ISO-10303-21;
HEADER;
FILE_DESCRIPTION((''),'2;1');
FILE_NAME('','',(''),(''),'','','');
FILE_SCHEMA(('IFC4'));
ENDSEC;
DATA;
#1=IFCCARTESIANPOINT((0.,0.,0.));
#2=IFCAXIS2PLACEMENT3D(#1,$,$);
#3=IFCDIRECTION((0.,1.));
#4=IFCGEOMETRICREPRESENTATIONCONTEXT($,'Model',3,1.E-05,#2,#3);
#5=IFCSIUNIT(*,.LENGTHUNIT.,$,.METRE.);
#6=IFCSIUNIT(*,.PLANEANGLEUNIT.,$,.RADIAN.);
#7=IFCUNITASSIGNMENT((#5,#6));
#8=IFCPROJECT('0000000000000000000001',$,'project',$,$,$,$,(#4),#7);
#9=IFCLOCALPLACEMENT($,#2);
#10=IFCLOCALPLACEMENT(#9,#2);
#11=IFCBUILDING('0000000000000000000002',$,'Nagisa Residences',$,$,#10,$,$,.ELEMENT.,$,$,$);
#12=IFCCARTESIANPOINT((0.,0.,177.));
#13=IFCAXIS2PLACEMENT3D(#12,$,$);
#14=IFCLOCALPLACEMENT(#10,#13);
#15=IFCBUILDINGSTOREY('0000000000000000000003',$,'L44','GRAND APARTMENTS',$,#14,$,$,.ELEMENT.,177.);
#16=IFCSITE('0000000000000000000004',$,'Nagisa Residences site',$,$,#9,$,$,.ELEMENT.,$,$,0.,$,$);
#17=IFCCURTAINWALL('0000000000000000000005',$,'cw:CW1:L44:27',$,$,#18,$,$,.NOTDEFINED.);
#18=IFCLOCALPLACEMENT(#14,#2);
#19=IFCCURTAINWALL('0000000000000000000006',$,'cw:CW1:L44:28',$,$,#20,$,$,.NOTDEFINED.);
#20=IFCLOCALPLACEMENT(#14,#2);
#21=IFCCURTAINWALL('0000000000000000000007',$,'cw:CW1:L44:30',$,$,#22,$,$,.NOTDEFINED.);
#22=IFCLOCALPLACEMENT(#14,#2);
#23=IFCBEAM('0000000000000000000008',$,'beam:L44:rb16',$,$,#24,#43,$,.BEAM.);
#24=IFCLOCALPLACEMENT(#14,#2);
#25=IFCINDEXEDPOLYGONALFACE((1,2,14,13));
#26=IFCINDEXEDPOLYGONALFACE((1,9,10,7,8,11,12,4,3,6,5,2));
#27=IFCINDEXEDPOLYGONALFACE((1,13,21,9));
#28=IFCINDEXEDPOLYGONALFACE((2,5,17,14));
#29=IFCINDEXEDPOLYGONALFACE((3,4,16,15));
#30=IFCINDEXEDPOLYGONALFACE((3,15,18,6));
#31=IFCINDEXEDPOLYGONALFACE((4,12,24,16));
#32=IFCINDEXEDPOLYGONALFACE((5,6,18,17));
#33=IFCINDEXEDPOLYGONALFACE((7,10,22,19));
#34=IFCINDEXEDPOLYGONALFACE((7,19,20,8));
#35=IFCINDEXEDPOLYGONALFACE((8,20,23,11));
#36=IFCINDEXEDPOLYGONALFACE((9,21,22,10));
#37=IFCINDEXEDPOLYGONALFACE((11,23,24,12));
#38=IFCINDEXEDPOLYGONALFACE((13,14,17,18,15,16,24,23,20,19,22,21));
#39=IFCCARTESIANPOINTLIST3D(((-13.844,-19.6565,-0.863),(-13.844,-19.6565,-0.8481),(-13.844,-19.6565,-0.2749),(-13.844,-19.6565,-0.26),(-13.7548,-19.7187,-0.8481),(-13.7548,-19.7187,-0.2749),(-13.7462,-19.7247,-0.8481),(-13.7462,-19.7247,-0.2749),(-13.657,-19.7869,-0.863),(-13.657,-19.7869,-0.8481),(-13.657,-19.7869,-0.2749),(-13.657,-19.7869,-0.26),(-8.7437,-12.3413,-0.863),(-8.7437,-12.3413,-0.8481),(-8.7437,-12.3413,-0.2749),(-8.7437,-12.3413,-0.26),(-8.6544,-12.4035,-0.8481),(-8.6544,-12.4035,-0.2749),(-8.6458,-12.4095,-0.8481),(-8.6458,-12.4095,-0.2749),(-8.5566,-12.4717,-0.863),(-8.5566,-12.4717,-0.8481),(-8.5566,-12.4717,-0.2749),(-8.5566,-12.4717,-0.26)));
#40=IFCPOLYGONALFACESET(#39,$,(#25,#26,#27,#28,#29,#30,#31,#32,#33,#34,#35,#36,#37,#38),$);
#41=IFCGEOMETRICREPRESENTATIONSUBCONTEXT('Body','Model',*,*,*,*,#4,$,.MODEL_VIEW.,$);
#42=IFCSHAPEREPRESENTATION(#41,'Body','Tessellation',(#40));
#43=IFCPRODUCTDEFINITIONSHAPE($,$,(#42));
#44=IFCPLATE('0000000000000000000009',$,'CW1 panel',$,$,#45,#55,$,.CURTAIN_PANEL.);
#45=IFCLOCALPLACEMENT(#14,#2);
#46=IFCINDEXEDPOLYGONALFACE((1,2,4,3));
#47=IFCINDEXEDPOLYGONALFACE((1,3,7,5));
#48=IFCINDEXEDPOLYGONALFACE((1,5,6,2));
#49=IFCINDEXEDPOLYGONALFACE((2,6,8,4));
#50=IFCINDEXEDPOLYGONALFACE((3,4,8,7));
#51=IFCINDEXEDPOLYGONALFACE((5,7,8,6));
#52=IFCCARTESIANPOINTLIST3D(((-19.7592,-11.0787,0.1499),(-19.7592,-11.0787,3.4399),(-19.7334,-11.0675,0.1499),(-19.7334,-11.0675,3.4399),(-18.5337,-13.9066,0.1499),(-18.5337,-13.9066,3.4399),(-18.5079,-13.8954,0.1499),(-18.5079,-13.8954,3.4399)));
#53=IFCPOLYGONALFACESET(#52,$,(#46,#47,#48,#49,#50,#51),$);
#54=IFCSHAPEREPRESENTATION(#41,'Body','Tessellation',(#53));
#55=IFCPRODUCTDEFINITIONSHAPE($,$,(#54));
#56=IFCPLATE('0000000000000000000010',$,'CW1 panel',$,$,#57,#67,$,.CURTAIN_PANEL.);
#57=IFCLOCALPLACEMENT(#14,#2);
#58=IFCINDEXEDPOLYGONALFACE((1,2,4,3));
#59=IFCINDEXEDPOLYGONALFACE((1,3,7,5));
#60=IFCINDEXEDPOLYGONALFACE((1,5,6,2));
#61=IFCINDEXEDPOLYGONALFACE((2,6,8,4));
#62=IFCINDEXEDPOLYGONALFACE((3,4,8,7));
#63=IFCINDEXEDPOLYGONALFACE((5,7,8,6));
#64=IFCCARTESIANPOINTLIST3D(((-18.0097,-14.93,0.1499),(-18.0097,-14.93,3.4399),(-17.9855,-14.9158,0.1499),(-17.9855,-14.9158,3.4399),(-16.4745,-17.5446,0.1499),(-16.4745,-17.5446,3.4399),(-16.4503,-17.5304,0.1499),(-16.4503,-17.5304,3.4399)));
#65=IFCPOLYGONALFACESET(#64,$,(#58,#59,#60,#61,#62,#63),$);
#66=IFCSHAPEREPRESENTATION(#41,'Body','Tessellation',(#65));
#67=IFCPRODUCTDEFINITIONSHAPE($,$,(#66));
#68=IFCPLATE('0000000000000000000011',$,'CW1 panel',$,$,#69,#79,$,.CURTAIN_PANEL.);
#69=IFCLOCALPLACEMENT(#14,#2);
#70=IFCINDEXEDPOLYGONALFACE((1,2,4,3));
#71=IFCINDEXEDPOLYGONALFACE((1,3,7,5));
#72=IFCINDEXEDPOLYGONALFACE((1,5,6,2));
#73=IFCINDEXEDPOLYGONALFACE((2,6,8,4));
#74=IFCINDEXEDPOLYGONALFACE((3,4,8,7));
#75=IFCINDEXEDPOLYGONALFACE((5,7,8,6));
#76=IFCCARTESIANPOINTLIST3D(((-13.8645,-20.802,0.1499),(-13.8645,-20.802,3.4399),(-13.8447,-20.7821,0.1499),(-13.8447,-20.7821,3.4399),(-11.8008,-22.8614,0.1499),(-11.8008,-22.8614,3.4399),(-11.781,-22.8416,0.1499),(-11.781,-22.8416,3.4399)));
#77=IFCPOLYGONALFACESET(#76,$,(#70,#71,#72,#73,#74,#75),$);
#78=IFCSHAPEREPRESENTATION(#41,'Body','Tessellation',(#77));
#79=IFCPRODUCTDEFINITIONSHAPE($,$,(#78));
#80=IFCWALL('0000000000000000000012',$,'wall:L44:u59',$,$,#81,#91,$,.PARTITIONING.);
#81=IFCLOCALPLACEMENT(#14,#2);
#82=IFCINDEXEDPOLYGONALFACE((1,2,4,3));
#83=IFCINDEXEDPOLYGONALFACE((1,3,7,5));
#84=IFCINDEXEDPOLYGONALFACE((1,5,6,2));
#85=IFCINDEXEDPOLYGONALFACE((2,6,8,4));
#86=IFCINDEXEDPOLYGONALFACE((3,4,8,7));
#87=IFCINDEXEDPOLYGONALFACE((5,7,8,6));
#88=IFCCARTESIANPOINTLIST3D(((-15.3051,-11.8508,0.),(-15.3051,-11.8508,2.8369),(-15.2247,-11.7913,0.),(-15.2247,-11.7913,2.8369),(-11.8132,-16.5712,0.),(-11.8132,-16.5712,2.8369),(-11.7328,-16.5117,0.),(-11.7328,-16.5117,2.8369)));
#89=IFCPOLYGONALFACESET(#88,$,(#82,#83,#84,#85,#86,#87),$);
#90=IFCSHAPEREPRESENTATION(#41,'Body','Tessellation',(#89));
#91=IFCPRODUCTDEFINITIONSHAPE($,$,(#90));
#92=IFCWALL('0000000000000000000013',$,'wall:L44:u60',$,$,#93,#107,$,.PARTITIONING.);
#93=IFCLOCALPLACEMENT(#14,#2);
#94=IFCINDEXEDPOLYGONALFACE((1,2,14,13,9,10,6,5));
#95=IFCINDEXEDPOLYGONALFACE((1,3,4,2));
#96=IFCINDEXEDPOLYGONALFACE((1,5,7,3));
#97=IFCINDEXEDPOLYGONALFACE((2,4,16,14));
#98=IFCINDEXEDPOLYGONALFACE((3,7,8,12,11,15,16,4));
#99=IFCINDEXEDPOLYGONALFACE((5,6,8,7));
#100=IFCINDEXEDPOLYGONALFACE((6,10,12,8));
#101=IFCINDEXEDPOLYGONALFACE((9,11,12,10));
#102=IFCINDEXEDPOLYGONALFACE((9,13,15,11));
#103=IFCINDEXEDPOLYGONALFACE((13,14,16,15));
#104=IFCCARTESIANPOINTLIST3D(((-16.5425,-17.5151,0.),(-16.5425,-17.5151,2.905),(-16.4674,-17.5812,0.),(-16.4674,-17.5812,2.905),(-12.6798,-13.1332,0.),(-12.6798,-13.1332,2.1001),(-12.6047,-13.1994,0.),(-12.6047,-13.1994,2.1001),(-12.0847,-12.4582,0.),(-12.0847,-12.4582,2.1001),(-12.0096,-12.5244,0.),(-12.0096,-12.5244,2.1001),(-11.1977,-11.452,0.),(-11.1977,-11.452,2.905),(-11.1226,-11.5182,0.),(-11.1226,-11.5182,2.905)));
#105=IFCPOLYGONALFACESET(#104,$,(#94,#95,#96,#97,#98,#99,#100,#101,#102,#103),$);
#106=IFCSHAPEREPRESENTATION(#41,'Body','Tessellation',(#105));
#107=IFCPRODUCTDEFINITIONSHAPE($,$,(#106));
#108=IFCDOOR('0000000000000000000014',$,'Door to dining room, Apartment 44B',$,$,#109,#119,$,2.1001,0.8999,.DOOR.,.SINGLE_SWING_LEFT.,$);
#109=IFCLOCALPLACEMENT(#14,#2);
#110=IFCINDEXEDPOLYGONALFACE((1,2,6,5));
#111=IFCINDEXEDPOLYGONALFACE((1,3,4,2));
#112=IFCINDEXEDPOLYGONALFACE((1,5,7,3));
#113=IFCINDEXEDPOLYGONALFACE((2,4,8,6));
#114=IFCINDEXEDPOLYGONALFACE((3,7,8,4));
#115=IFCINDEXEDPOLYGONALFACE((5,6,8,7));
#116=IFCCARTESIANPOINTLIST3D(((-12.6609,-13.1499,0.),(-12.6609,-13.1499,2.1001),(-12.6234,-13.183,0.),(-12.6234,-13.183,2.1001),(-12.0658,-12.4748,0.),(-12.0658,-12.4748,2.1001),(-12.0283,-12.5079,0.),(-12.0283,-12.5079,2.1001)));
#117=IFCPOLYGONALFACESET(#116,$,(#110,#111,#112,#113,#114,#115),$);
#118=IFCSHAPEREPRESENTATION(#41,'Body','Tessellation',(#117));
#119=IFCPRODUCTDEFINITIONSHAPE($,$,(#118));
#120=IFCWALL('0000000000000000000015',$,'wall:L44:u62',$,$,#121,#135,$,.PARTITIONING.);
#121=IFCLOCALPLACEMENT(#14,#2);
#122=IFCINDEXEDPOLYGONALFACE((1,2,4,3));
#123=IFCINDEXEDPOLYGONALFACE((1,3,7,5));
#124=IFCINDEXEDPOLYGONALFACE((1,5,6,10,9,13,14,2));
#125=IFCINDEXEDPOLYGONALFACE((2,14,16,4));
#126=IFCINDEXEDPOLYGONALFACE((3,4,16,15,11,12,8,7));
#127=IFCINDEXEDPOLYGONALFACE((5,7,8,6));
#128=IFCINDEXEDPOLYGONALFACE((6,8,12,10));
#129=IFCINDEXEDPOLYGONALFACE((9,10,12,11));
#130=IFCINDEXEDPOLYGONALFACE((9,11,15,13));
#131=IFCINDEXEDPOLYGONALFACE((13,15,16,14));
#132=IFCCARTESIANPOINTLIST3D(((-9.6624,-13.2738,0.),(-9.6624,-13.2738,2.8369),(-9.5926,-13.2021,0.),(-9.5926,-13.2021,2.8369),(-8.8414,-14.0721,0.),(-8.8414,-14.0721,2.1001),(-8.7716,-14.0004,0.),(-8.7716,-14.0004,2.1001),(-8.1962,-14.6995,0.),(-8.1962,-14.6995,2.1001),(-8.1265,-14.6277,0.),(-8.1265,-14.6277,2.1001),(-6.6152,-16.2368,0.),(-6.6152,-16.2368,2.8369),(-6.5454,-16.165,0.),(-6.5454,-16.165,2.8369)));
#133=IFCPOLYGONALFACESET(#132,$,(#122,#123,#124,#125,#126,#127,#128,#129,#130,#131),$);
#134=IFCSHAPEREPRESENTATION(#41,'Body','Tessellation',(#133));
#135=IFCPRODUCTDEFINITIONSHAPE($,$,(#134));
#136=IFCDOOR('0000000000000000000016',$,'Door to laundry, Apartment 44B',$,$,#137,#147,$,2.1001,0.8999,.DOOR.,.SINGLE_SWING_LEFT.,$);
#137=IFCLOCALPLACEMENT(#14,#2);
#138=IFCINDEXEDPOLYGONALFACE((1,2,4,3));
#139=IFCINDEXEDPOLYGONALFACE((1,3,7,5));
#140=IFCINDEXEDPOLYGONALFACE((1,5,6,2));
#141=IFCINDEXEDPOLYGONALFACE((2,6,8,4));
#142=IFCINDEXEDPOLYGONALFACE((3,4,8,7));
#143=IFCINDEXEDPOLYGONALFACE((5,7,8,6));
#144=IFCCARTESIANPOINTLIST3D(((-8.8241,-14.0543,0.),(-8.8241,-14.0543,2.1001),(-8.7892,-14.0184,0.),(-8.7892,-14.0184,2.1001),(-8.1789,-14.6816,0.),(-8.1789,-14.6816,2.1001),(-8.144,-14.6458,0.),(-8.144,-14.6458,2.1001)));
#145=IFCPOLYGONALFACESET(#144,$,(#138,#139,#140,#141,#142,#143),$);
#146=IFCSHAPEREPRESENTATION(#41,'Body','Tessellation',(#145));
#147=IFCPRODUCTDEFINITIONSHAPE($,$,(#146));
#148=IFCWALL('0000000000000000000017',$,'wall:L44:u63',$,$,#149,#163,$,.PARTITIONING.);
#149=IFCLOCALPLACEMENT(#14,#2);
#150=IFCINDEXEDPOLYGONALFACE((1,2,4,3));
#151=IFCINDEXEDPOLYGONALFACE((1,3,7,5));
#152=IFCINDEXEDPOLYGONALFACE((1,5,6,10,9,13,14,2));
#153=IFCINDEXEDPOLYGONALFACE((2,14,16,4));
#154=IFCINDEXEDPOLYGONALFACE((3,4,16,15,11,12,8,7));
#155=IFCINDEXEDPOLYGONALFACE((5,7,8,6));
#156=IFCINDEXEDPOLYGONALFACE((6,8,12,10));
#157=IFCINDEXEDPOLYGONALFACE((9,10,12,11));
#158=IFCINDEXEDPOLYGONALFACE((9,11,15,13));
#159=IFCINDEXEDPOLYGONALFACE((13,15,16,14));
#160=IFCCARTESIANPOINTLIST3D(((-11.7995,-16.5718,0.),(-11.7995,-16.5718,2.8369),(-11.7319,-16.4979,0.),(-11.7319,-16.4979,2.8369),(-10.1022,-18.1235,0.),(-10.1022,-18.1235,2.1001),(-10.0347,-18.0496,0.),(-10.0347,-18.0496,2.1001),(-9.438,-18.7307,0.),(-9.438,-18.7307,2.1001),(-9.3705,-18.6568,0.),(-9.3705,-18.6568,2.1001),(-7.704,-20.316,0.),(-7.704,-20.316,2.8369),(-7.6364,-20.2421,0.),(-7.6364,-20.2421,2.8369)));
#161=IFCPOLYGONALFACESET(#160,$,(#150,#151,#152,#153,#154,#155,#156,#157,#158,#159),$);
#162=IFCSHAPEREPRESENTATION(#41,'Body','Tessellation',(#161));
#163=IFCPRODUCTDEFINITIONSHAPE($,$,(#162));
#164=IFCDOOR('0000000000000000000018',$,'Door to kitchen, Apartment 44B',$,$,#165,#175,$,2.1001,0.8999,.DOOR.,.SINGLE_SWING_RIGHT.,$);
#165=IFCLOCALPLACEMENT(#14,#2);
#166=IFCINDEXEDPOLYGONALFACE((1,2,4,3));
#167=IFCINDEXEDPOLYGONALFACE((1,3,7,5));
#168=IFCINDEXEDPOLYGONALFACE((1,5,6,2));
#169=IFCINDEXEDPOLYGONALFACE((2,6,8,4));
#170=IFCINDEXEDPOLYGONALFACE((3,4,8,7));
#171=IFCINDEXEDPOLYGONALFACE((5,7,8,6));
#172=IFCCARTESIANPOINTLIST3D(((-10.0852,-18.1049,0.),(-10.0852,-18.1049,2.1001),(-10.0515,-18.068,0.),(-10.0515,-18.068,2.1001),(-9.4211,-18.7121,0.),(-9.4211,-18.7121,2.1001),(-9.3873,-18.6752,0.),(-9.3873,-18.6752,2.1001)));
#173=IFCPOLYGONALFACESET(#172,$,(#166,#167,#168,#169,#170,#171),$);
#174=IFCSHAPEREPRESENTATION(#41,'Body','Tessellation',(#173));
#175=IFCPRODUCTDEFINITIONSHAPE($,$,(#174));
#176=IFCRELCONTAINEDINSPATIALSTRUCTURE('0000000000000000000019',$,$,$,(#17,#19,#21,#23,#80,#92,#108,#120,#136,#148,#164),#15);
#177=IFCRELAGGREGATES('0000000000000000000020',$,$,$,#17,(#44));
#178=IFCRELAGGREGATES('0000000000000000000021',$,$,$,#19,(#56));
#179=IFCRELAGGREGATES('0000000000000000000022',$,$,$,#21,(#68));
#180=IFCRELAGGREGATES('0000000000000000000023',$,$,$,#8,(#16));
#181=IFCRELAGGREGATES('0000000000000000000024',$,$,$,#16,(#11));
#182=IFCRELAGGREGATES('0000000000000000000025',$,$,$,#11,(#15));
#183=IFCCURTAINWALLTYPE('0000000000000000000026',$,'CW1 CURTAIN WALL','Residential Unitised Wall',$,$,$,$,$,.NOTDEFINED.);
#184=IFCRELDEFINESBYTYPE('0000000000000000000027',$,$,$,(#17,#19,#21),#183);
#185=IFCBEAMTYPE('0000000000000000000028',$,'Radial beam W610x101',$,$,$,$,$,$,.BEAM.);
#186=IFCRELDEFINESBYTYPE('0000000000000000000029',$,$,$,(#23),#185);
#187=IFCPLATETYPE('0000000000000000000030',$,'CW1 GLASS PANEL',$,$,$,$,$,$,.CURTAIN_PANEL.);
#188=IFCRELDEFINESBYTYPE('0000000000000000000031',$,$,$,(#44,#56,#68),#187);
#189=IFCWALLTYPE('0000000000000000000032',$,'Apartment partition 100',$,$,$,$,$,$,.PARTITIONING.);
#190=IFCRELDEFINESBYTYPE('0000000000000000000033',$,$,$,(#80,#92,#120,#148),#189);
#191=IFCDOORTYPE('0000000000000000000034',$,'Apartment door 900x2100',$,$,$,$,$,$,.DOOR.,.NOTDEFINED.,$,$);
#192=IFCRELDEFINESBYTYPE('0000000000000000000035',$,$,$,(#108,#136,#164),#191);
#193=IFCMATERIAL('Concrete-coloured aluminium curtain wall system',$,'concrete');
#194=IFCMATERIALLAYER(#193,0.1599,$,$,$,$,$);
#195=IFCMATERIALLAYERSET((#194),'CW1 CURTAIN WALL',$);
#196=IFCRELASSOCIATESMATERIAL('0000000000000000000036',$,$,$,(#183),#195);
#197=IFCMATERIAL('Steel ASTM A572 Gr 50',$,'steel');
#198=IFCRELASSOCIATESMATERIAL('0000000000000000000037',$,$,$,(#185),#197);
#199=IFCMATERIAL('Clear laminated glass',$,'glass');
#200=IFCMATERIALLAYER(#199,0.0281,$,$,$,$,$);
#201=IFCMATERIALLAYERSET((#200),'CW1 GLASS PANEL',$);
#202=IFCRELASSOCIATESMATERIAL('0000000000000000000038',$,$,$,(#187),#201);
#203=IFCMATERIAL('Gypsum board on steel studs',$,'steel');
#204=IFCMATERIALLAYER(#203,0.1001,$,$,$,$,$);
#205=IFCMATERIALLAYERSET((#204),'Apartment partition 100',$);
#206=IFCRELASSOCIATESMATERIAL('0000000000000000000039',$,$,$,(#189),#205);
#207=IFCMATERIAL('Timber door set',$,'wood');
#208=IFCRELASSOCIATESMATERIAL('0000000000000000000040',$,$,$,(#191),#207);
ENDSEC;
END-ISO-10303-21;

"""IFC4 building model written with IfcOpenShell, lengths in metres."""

from ifc_helpers import new_model, si_unit, direction, frame, frame_2d, origin, origin_2d, place, context, subcontext, project, spatial, rectangle, i_section, extrude, material, layer, layer_set, material_profile, profile_set, type_object, element, fill, aggregate, save


model = new_model("IFC4")

# Units and contexts
model_context = context("Model", 3, precision=1e-05, world=origin(), true_north=direction((0.0, 1.0)))
body_context = subcontext(model_context, "Body", "Model", "MODEL_VIEW")
ifc_project = project(units=[si_unit("LENGTHUNIT", "METRE"), si_unit("PLANEANGLEUNIT", "RADIAN")], contexts=[model_context])

# Site, building, storey
site_placement = place(None, origin())
site = spatial("IfcSite", under=ifc_project, at=site_placement, Name="Nagisa Residences site", CompositionType="ELEMENT", RefElevation=0.0)
building_placement = place(site_placement, origin())
building = spatial("IfcBuilding", under=site, at=building_placement, Name="Nagisa Residences", CompositionType="ELEMENT")
storey_placement = place(building_placement, frame((0.0, 0.0, 177.0)))
storey = spatial("IfcBuildingStorey", under=building, at=storey_placement, Name="L44", Description="GRAND APARTMENTS", CompositionType="ELEMENT", Elevation=177.0)

# Curtain walls
ifc_material_1 = material(Name="Concrete-coloured aluminium curtain wall system", Category="concrete")
ifc_layer_1 = layer(ifc_material_1, 0.1599)
ifc_layer_set_1 = layer_set([ifc_layer_1], Name="CW1 CURTAIN WALL")
curtain_wall_type = type_object("IfcCurtainWallType", Name="CW1 CURTAIN WALL", Description="Residential Unitised Wall", PredefinedType="NOTDEFINED", material=ifc_layer_set_1)
curtain_wall_1_placement = place(storey_placement, origin())
curtain_wall_1 = element("IfcCurtainWall", 1, at=curtain_wall_1_placement, inside=storey, type_object=curtain_wall_type, Name="cw:CW1:L44:27", PredefinedType="NOTDEFINED")
curtain_wall_2_placement = place(storey_placement, origin())
curtain_wall_2 = element("IfcCurtainWall", 2, at=curtain_wall_2_placement, inside=storey, type_object=curtain_wall_type, Name="cw:CW1:L44:28", PredefinedType="NOTDEFINED")
curtain_wall_3_placement = place(storey_placement, origin())
curtain_wall_3 = element("IfcCurtainWall", 3, at=curtain_wall_3_placement, inside=storey, type_object=curtain_wall_type, Name="cw:CW1:L44:30", PredefinedType="NOTDEFINED")

# Beam
ifc_material_2 = material(Name="Steel ASTM A572 Gr 50", Category="steel")
ifc_material_profile_1 = material_profile(ifc_material_2, i_section(OverallWidth=0.228, OverallDepth=0.603, WebThickness=0.0105, FlangeThickness=0.0149, at=origin_2d()), Name="W610x101")
ifc_profile_set_1 = profile_set([ifc_material_profile_1], Name="Steel ASTM A572 Gr 50")
beam_type_1 = type_object("IfcBeamType", Name="Radial beam W610x101", PredefinedType="BEAM", material=ifc_profile_set_1)
beam_1_placement = place(storey_placement, frame((-13.7505, -19.7217, -0.5615), z_axis=(0.571934, 0.820299, 0.0), x_axis=(-0.820299, 0.571934, 0.0)))
element("IfcBeam", 4, at=beam_1_placement, inside=storey, type_object=beam_type_1, Name="beam:L44:rb16", PredefinedType="BEAM", context=body_context, shape_type="SweptSolid", body=[
    extrude(i_section(OverallWidth=0.228, OverallDepth=0.603, WebThickness=0.0105, FlangeThickness=0.0149, at=origin_2d()), origin(), (0.0, 0.0, 1.0), 8.9177),
])

# Plates
ifc_material_3 = material(Name="Clear laminated glass", Category="glass")
ifc_layer_2 = layer(ifc_material_3, 0.0281)
ifc_layer_set_2 = layer_set([ifc_layer_2], Name="CW1 GLASS PANEL")
plate_type = type_object("IfcPlateType", Name="CW1 GLASS PANEL", PredefinedType="CURTAIN_PANEL", material=ifc_layer_set_2)
plate_1_placement = place(storey_placement, frame((-19.1335, -12.4871, 0.1499), z_axis=(0.0, 0.0, 1.0), x_axis=(0.397636, -0.917543, 0.0)))
plate_1 = element("IfcPlate", 5, at=plate_1_placement, type_object=plate_type, Name="CW1 panel", PredefinedType="CURTAIN_PANEL", context=body_context, shape_type="SweptSolid", body=[
    extrude(rectangle(XDim=3.082, YDim=0.0281, at=origin_2d()), origin(), (0.0, 0.0, 1.0), 3.29),
])
aggregate(curtain_wall_1, [plate_1])
plate_2_placement = place(storey_placement, frame((-17.23, -16.2302, 0.1499), z_axis=(0.0, 0.0, 1.0), x_axis=(0.506349, -0.862329, 0.0)))
plate_2 = element("IfcPlate", 6, at=plate_2_placement, type_object=plate_type, Name="CW1 panel", PredefinedType="CURTAIN_PANEL", context=body_context, shape_type="SweptSolid", body=[
    extrude(rectangle(XDim=3.032, YDim=0.0281, at=origin_2d()), origin(), (0.0, 0.0, 1.0), 3.29),
])
aggregate(curtain_wall_2, [plate_2])
plate_3_placement = place(storey_placement, frame((-12.8228, -21.8218, 0.1499), z_axis=(0.0, 0.0, 1.0), x_axis=(0.707836, -0.706377, 0.0)))
plate_3 = element("IfcPlate", 7, at=plate_3_placement, type_object=plate_type, Name="CW1 panel", PredefinedType="CURTAIN_PANEL", context=body_context, shape_type="SweptSolid", body=[
    extrude(rectangle(XDim=2.9155, YDim=0.0281, at=origin_2d()), origin(), (0.0, 0.0, 1.0), 3.29),
])
aggregate(curtain_wall_3, [plate_3])

# Wall
ifc_material_4 = material(Name="Gypsum board on steel studs", Category="steel")
ifc_layer_3 = layer(ifc_material_4, 0.1001)
ifc_layer_set_3 = layer_set([ifc_layer_3], Name="Apartment partition 100")
wall_type_1 = type_object("IfcWallType", Name="Apartment partition 100", PredefinedType="PARTITIONING", material=ifc_layer_set_3)
wall_1_placement = place(storey_placement, frame((-15.2649, -11.821, 0.0), z_axis=(0.0, 0.0, 1.0), x_axis=(0.594711, -0.803939, 0.0)))
element("IfcWall", 8, at=wall_1_placement, inside=storey, type_object=wall_type_1, Name="wall:L44:u59", PredefinedType="PARTITIONING", context=body_context, shape_type="SweptSolid", body=[
    extrude(rectangle(XDim=5.8716, YDim=0.1001, at=frame_2d((2.9358, 0.0))), origin(), (0.0, 0.0, 1.0), 2.8369),
])

# Walls, openings, doors
wall_2_placement = place(storey_placement, frame((-11.1602, -11.4851, 0.0), z_axis=(0.0, 0.0, 1.0), x_axis=(-0.661276, -0.750143, 0.0)))
wall_2 = element("IfcWall", 9, at=wall_2_placement, inside=storey, type_object=wall_type_1, Name="wall:L44:u60", PredefinedType="PARTITIONING", context=body_context, shape_type="SweptSolid", body=[
    extrude(rectangle(XDim=8.0825, YDim=0.1001, at=frame_2d((4.0413, 0.0))), origin(), (0.0, 0.0, 1.0), 2.905),
])
opening_1_placement = place(wall_2_placement, frame((1.3413, 0.0, 0.0)))
opening_1 = element("IfcOpeningElement", 10, at=opening_1_placement, cuts=wall_2, PredefinedType="OPENING", context=body_context, shape_type="SweptSolid", body=[
    extrude(rectangle(XDim=0.8999, YDim=2.1001, at=frame_2d((0.45, 1.05))), frame((0.0, 0.0601, 0.0), z_axis=(0.0, -1.0, 0.0), x_axis=(1.0, 0.0, 0.0)), (0.0, 0.0, 1.0), 0.1201),
])
ifc_material_5 = material(Name="Timber door set", Category="wood")
door_type_1 = type_object("IfcDoorType", Name="Apartment door 900x2100", OperationType="NOTDEFINED", PredefinedType="DOOR", material=ifc_material_5)
door_1_placement = place(opening_1_placement, frame((0.8999, 0.0, 0.0), x_axis=(-1.0, 0.0, 0.0)))
door_1 = element("IfcDoor", 11, at=door_1_placement, inside=storey, type_object=door_type_1, Name="Door to dining room, Apartment 44B", OperationType="SINGLE_SWING_LEFT", OverallHeight=2.1001, OverallWidth=0.8999, PredefinedType="DOOR", context=body_context, shape_type="SweptSolid", body=[
    extrude(rectangle(XDim=0.8999, YDim=2.1001, at=frame_2d((0.45, 1.05))), frame((0.0, 0.0249, 0.0), z_axis=(0.0, -1.0, 0.0), x_axis=(1.0, 0.0, 0.0)), (0.0, 0.0, 1.0), 0.05),
])
fill(opening_1, door_1)
wall_3_placement = place(storey_placement, frame((-9.6274, -13.238, 0.0), z_axis=(0.0, 0.0, 1.0), x_axis=(0.716946, -0.697128, 0.0)))
wall_3 = element("IfcWall", 12, at=wall_3_placement, inside=storey, type_object=wall_type_1, Name="wall:L44:u62", PredefinedType="PARTITIONING", context=body_context, shape_type="SweptSolid", body=[
    extrude(rectangle(XDim=4.2502, YDim=0.1001, at=frame_2d((2.125, 0.0))), origin(), (0.0, 0.0, 1.0), 2.8369),
])
opening_2_placement = place(wall_3_placement, frame((1.145, 0.0, 0.0)))
opening_2 = element("IfcOpeningElement", 13, at=opening_2_placement, cuts=wall_3, PredefinedType="OPENING", context=body_context, shape_type="SweptSolid", body=[
    extrude(rectangle(XDim=0.8999, YDim=2.1001, at=frame_2d((0.45, 1.05))), frame((0.0, 0.0601, 0.0), z_axis=(0.0, -1.0, 0.0), x_axis=(1.0, 0.0, 0.0)), (0.0, 0.0, 1.0), 0.1201),
])
door_2_placement = place(opening_2_placement, origin())
door_2 = element("IfcDoor", 14, at=door_2_placement, inside=storey, type_object=door_type_1, Name="Door to laundry, Apartment 44B", OperationType="SINGLE_SWING_LEFT", OverallHeight=2.1001, OverallWidth=0.8999, PredefinedType="DOOR", context=body_context, shape_type="SweptSolid", body=[
    extrude(rectangle(XDim=0.8999, YDim=2.1001, at=frame_2d((0.45, 1.05))), frame((0.0, 0.0249, 0.0), z_axis=(0.0, -1.0, 0.0), x_axis=(1.0, 0.0, 0.0)), (0.0, 0.0, 1.0), 0.05),
])
fill(opening_2, door_2)
wall_4_placement = place(storey_placement, frame((-11.7656, -16.5349, 0.0), z_axis=(0.0, 0.0, 1.0), x_axis=(0.738054, -0.674742, 0.0)))
wall_4 = element("IfcWall", 15, at=wall_4_placement, inside=storey, type_object=wall_type_1, Name="wall:L44:u63", PredefinedType="PARTITIONING", context=body_context, shape_type="SweptSolid", body=[
    extrude(rectangle(XDim=5.5491, YDim=0.1001, at=frame_2d((2.7744, 0.0))), origin(), (0.0, 0.0, 1.0), 2.8369),
])
opening_3_placement = place(wall_4_placement, frame((2.2996, 0.0, 0.0)))
opening_3 = element("IfcOpeningElement", 16, at=opening_3_placement, cuts=wall_4, PredefinedType="OPENING", context=body_context, shape_type="SweptSolid", body=[
    extrude(rectangle(XDim=0.8999, YDim=2.1001, at=frame_2d((0.45, 1.05))), frame((0.0, 0.0601, 0.0), z_axis=(0.0, -1.0, 0.0), x_axis=(1.0, 0.0, 0.0)), (0.0, 0.0, 1.0), 0.1201),
])
door_3_placement = place(opening_3_placement, frame((0.8999, 0.0, 0.0), x_axis=(-1.0, 0.0, 0.0)))
door_3 = element("IfcDoor", 17, at=door_3_placement, inside=storey, type_object=door_type_1, Name="Door to kitchen, Apartment 44B", OperationType="SINGLE_SWING_RIGHT", OverallHeight=2.1001, OverallWidth=0.8999, PredefinedType="DOOR", context=body_context, shape_type="SweptSolid", body=[
    extrude(rectangle(XDim=0.8999, YDim=2.1001, at=frame_2d((0.45, 1.05))), frame((0.0, 0.0249, 0.0), z_axis=(0.0, -1.0, 0.0), x_axis=(1.0, 0.0, 0.0)), (0.0, 0.0, 1.0), 0.05),
])
fill(opening_3, door_3)

save(model, "model.ifc")
